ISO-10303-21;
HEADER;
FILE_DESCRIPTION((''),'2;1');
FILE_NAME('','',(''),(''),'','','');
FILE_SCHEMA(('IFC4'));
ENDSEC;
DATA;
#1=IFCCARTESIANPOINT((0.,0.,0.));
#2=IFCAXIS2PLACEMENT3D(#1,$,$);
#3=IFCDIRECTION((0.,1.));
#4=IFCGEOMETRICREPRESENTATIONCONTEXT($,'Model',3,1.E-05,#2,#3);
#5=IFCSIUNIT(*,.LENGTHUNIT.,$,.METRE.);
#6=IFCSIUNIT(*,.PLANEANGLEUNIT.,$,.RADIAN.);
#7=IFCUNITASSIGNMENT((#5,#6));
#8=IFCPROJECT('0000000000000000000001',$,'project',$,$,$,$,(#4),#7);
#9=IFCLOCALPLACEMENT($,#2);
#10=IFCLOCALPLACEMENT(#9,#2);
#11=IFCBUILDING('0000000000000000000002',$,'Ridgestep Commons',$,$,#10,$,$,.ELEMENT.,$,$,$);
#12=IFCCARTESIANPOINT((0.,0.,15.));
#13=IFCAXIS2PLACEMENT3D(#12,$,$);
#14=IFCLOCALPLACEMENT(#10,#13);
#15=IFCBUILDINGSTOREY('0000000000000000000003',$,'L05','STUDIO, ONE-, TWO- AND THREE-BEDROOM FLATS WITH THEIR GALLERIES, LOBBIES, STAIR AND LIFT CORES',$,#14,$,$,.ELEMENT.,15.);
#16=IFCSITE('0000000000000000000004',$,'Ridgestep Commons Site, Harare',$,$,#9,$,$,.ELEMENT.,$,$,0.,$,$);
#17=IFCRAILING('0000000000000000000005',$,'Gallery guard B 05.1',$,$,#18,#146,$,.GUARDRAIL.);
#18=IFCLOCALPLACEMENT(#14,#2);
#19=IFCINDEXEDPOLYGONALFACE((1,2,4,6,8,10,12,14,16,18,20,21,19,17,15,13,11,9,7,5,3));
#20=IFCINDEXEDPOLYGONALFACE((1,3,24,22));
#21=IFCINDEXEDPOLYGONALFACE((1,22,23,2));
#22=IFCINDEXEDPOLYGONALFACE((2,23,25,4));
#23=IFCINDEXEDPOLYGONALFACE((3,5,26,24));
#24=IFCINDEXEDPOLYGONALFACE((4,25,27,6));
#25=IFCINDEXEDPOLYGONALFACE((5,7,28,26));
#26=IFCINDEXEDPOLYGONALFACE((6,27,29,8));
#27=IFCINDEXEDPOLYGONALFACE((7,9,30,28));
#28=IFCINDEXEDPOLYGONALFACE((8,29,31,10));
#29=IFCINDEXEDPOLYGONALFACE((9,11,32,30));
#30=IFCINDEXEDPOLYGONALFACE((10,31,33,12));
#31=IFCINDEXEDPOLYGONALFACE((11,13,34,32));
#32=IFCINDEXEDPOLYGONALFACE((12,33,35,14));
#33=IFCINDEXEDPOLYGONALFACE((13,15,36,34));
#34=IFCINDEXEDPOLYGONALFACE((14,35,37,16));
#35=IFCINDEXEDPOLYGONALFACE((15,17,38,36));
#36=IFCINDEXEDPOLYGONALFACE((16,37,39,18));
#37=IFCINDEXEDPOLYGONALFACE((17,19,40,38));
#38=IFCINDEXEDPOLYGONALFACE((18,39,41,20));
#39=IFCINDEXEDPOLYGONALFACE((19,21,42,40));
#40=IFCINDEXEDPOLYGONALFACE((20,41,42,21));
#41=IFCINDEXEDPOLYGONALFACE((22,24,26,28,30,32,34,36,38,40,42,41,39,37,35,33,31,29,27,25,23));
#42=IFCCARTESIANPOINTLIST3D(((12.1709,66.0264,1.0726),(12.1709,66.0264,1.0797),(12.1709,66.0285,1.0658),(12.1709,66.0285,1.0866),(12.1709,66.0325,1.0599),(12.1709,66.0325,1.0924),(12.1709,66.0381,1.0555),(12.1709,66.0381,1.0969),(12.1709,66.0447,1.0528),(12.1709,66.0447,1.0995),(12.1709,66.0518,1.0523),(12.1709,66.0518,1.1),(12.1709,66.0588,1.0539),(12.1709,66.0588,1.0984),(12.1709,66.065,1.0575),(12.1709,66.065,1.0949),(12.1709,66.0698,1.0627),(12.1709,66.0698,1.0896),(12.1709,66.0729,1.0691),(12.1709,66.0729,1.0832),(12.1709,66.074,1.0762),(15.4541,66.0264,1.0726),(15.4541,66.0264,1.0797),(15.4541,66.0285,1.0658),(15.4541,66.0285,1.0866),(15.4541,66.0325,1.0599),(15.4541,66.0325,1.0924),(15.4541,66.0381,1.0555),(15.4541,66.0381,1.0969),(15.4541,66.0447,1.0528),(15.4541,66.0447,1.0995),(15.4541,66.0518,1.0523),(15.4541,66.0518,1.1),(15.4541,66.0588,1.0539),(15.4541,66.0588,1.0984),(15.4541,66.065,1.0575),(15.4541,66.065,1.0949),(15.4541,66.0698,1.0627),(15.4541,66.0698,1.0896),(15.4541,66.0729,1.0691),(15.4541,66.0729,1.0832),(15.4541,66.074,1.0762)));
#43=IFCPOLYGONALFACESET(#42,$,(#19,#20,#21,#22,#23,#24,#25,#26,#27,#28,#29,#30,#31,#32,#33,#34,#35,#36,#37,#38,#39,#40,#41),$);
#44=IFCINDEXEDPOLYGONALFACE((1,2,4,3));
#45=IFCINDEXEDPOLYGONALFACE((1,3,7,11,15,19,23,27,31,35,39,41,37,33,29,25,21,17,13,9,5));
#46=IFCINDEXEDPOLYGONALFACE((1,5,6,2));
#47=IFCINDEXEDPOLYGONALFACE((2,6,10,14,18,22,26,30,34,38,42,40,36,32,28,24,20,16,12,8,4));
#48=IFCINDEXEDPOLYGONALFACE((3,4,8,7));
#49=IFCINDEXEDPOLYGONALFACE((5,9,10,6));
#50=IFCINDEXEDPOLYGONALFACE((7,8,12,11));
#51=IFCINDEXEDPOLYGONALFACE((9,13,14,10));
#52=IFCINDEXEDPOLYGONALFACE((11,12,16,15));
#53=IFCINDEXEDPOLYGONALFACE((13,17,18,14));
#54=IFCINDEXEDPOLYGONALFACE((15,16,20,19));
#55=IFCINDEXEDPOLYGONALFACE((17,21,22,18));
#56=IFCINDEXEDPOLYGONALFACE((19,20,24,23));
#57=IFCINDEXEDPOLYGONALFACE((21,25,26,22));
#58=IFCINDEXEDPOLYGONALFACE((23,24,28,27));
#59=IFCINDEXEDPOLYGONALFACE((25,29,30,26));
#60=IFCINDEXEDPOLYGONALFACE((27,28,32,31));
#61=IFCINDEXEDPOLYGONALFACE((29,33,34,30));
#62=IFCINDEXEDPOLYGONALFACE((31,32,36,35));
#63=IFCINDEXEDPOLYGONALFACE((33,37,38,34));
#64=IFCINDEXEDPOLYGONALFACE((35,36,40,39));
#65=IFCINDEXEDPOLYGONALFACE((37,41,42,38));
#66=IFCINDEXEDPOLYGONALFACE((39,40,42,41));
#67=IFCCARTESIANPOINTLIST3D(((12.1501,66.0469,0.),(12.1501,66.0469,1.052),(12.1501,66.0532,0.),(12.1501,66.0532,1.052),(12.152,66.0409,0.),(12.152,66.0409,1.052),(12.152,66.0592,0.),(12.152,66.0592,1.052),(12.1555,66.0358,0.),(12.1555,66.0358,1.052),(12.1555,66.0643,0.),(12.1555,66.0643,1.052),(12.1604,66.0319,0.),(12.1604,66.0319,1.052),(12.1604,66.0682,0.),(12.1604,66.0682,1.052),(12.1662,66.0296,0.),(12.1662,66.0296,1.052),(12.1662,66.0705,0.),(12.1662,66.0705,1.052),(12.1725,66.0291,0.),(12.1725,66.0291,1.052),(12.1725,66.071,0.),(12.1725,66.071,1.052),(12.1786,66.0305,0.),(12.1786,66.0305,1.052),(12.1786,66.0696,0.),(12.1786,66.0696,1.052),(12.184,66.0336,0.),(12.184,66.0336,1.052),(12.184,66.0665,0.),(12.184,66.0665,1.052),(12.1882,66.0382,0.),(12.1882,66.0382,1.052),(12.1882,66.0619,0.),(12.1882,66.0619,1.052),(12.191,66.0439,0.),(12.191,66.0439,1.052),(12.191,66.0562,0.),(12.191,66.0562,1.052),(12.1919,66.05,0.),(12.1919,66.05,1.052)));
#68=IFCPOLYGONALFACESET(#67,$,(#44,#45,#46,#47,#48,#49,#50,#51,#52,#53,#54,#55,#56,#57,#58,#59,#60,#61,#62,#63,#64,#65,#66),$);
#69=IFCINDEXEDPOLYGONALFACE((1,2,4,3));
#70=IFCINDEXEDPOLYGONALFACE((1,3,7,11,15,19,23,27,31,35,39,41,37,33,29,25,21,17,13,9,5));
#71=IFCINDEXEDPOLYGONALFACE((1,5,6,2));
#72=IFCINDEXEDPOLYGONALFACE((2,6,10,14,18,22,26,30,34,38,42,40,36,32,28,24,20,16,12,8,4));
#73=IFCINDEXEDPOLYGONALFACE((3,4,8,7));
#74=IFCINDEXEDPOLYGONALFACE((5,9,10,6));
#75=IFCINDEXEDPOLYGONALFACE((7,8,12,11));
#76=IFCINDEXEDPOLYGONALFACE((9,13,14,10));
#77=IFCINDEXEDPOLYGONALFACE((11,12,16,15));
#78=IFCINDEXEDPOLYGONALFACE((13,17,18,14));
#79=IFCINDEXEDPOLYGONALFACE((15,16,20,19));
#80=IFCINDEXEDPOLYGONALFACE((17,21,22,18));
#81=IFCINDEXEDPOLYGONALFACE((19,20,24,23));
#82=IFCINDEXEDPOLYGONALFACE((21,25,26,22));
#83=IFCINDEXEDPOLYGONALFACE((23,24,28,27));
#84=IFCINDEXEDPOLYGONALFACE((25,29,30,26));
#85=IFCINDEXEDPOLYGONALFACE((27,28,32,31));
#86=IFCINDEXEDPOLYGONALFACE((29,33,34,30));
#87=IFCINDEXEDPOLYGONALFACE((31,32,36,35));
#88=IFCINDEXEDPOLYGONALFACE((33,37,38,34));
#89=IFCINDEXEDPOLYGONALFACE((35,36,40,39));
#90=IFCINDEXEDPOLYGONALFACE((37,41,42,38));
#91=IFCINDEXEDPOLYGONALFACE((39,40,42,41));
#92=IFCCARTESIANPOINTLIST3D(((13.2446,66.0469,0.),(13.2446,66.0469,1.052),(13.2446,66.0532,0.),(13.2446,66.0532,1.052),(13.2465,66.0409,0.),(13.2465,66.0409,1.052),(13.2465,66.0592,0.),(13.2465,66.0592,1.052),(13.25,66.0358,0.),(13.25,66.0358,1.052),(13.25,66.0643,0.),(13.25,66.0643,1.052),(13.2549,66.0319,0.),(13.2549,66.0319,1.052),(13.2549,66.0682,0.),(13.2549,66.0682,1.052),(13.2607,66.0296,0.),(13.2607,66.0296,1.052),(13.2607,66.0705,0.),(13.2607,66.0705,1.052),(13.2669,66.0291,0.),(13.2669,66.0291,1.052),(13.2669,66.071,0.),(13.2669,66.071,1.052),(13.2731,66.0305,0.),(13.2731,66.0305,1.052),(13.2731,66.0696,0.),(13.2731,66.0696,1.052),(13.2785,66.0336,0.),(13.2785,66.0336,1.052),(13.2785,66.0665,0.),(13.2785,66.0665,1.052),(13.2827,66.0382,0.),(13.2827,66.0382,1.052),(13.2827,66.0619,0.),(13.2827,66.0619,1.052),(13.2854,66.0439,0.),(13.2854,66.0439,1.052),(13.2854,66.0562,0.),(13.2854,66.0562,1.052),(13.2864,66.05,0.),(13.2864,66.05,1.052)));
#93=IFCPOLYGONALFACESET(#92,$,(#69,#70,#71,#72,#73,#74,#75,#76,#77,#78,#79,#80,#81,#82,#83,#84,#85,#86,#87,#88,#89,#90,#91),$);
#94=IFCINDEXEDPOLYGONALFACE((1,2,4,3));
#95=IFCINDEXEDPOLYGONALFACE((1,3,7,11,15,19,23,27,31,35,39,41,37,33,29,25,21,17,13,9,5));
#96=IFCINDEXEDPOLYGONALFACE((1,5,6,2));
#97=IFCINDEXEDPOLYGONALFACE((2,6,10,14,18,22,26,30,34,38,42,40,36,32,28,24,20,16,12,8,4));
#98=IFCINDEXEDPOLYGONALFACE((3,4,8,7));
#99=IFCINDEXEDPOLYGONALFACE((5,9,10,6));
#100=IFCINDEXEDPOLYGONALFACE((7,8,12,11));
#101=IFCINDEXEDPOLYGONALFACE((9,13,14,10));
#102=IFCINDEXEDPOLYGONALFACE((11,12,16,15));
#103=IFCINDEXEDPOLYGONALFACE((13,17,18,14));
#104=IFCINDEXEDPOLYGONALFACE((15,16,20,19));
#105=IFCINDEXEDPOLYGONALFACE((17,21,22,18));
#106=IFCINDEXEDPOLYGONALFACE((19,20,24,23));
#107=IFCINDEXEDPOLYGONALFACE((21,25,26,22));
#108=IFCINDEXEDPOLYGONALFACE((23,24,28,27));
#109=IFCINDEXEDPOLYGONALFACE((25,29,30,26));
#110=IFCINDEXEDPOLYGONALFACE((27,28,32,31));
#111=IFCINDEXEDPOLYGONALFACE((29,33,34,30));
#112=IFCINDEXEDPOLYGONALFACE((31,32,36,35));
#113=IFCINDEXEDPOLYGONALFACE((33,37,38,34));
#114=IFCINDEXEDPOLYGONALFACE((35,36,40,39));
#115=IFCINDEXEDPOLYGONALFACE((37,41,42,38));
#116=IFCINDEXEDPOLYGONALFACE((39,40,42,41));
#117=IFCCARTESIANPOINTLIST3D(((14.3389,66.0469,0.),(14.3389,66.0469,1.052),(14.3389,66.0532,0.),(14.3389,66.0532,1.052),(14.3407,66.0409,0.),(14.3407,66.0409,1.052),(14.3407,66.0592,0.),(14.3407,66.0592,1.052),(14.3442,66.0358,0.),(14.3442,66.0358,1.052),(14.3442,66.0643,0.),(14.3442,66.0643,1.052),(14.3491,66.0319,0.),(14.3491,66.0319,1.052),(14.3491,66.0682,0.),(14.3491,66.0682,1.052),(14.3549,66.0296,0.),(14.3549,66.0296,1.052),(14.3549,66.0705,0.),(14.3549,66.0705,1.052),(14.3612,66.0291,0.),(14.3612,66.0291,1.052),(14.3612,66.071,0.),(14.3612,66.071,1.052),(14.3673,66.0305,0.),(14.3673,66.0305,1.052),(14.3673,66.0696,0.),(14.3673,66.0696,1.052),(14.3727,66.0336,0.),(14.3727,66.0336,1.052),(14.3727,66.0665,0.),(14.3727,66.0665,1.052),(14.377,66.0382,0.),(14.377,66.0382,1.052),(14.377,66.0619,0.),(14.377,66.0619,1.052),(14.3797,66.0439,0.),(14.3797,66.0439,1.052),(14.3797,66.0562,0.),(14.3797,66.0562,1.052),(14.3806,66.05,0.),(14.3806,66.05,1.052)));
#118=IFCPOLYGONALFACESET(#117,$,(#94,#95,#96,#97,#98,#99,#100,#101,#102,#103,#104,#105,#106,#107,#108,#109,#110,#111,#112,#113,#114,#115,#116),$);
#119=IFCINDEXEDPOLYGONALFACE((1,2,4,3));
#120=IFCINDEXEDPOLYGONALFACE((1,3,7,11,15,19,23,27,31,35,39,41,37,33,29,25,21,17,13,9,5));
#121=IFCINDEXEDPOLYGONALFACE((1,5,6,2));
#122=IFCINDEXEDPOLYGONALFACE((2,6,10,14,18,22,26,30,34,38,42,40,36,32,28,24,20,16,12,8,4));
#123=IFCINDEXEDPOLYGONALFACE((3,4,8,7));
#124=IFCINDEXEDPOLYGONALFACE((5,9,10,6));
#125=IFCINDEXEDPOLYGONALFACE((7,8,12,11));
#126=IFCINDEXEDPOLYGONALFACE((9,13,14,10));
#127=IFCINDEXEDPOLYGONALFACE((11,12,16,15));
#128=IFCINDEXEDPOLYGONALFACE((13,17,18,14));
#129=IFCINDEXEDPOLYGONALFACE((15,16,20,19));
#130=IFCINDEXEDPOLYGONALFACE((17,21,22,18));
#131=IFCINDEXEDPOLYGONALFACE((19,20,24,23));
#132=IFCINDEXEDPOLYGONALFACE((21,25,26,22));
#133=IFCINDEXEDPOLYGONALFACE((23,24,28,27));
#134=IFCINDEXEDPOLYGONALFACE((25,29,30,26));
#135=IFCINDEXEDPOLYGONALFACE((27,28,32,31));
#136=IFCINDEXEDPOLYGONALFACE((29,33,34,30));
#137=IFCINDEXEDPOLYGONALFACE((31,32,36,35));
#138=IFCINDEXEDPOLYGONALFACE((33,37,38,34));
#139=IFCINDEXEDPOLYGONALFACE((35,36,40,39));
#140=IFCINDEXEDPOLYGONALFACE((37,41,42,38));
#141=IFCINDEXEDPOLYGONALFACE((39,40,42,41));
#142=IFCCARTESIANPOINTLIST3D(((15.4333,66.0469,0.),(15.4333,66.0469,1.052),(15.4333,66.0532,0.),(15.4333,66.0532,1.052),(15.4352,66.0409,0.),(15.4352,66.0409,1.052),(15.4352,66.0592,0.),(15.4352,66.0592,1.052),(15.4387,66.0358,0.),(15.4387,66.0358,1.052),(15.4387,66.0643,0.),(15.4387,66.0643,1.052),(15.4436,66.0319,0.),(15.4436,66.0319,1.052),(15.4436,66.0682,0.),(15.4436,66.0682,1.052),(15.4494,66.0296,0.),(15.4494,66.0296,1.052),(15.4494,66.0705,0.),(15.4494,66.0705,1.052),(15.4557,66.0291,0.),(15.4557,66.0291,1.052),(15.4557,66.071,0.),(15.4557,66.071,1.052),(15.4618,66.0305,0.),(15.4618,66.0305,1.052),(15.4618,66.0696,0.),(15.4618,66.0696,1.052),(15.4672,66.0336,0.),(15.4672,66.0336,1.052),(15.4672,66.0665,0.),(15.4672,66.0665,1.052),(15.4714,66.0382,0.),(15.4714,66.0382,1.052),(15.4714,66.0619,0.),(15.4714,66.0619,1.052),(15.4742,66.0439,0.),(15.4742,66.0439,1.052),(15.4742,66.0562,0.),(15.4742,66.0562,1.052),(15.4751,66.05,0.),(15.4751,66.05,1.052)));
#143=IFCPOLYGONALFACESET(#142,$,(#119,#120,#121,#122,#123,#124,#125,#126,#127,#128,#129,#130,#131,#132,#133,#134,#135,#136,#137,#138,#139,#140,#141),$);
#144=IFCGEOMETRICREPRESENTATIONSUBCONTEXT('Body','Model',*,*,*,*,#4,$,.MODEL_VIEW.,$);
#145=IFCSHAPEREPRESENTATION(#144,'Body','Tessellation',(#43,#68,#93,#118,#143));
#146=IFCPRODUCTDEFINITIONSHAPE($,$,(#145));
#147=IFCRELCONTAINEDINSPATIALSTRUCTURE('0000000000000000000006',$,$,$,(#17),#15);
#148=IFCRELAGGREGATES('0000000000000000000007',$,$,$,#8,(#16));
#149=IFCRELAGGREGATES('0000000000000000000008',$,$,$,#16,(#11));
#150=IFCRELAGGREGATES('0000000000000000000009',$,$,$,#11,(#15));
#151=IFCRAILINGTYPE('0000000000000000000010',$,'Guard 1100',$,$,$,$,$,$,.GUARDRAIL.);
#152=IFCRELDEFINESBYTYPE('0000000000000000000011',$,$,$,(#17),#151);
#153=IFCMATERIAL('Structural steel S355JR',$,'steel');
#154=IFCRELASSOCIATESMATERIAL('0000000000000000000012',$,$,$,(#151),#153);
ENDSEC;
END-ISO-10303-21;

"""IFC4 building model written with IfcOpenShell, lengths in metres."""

from ifc_helpers import new_model, si_unit, direction, frame, origin, origin_2d, place, context, subcontext, project, spatial, circle, extrude, material, type_object, element, save


model = new_model("IFC4")

# Units and contexts
model_context = context("Model", 3, precision=1e-05, world=origin(), true_north=direction((0.0, 1.0)))
body_context = subcontext(model_context, "Body", "Model", "MODEL_VIEW")
ifc_project = project(units=[si_unit("LENGTHUNIT", "METRE"), si_unit("PLANEANGLEUNIT", "RADIAN")], contexts=[model_context])

# Site, building, storey
site_placement = place(None, origin())
site = spatial("IfcSite", under=ifc_project, at=site_placement, Name="Ridgestep Commons Site, Harare", CompositionType="ELEMENT", RefElevation=0.0)
building_placement = place(site_placement, origin())
building = spatial("IfcBuilding", under=site, at=building_placement, Name="Ridgestep Commons", CompositionType="ELEMENT")
storey_placement = place(building_placement, frame((0.0, 0.0, 15.0)))
storey = spatial("IfcBuildingStorey", under=building, at=storey_placement, Name="L05", Description="STUDIO, ONE-, TWO- AND THREE-BEDROOM FLATS WITH THEIR GALLERIES, LOBBIES, STAIR AND LIFT CORES", CompositionType="ELEMENT", Elevation=15.0)

# Railing
ifc_material_1 = material(Name="Structural steel S355JR", Category="steel")
railing_type = type_object("IfcRailingType", Name="Guard 1100", PredefinedType="GUARDRAIL", material=ifc_material_1)
railing_1_placement = place(storey_placement, frame((12.1709, 66.05, 0.0)))
element("IfcRailing", 1, at=railing_1_placement, inside=storey, type_object=railing_type, Name="Gallery guard B 05.1", PredefinedType="GUARDRAIL", context=body_context, shape_type="SweptSolid", body=[
    extrude(circle(Radius=0.0239, at=origin_2d()), frame((0.0, 0.0, 1.0762), z_axis=(1.0, 0.0, 0.0), x_axis=(0.0, 1.0, 0.0)), (0.0, 0.0, 1.0), 3.2832),
    extrude(circle(Radius=0.021, at=origin_2d()), origin(), (0.0, 0.0, 1.0), 1.052),
    extrude(circle(Radius=0.021, at=origin_2d()), frame((1.0945, 0.0, 0.0)), (0.0, 0.0, 1.0), 1.052),
    extrude(circle(Radius=0.021, at=origin_2d()), frame((2.1887, 0.0, 0.0)), (0.0, 0.0, 1.0), 1.052),
    extrude(circle(Radius=0.021, at=origin_2d()), frame((3.2832, 0.0, 0.0)), (0.0, 0.0, 1.0), 1.052),
])

save(model, "model.ifc")
